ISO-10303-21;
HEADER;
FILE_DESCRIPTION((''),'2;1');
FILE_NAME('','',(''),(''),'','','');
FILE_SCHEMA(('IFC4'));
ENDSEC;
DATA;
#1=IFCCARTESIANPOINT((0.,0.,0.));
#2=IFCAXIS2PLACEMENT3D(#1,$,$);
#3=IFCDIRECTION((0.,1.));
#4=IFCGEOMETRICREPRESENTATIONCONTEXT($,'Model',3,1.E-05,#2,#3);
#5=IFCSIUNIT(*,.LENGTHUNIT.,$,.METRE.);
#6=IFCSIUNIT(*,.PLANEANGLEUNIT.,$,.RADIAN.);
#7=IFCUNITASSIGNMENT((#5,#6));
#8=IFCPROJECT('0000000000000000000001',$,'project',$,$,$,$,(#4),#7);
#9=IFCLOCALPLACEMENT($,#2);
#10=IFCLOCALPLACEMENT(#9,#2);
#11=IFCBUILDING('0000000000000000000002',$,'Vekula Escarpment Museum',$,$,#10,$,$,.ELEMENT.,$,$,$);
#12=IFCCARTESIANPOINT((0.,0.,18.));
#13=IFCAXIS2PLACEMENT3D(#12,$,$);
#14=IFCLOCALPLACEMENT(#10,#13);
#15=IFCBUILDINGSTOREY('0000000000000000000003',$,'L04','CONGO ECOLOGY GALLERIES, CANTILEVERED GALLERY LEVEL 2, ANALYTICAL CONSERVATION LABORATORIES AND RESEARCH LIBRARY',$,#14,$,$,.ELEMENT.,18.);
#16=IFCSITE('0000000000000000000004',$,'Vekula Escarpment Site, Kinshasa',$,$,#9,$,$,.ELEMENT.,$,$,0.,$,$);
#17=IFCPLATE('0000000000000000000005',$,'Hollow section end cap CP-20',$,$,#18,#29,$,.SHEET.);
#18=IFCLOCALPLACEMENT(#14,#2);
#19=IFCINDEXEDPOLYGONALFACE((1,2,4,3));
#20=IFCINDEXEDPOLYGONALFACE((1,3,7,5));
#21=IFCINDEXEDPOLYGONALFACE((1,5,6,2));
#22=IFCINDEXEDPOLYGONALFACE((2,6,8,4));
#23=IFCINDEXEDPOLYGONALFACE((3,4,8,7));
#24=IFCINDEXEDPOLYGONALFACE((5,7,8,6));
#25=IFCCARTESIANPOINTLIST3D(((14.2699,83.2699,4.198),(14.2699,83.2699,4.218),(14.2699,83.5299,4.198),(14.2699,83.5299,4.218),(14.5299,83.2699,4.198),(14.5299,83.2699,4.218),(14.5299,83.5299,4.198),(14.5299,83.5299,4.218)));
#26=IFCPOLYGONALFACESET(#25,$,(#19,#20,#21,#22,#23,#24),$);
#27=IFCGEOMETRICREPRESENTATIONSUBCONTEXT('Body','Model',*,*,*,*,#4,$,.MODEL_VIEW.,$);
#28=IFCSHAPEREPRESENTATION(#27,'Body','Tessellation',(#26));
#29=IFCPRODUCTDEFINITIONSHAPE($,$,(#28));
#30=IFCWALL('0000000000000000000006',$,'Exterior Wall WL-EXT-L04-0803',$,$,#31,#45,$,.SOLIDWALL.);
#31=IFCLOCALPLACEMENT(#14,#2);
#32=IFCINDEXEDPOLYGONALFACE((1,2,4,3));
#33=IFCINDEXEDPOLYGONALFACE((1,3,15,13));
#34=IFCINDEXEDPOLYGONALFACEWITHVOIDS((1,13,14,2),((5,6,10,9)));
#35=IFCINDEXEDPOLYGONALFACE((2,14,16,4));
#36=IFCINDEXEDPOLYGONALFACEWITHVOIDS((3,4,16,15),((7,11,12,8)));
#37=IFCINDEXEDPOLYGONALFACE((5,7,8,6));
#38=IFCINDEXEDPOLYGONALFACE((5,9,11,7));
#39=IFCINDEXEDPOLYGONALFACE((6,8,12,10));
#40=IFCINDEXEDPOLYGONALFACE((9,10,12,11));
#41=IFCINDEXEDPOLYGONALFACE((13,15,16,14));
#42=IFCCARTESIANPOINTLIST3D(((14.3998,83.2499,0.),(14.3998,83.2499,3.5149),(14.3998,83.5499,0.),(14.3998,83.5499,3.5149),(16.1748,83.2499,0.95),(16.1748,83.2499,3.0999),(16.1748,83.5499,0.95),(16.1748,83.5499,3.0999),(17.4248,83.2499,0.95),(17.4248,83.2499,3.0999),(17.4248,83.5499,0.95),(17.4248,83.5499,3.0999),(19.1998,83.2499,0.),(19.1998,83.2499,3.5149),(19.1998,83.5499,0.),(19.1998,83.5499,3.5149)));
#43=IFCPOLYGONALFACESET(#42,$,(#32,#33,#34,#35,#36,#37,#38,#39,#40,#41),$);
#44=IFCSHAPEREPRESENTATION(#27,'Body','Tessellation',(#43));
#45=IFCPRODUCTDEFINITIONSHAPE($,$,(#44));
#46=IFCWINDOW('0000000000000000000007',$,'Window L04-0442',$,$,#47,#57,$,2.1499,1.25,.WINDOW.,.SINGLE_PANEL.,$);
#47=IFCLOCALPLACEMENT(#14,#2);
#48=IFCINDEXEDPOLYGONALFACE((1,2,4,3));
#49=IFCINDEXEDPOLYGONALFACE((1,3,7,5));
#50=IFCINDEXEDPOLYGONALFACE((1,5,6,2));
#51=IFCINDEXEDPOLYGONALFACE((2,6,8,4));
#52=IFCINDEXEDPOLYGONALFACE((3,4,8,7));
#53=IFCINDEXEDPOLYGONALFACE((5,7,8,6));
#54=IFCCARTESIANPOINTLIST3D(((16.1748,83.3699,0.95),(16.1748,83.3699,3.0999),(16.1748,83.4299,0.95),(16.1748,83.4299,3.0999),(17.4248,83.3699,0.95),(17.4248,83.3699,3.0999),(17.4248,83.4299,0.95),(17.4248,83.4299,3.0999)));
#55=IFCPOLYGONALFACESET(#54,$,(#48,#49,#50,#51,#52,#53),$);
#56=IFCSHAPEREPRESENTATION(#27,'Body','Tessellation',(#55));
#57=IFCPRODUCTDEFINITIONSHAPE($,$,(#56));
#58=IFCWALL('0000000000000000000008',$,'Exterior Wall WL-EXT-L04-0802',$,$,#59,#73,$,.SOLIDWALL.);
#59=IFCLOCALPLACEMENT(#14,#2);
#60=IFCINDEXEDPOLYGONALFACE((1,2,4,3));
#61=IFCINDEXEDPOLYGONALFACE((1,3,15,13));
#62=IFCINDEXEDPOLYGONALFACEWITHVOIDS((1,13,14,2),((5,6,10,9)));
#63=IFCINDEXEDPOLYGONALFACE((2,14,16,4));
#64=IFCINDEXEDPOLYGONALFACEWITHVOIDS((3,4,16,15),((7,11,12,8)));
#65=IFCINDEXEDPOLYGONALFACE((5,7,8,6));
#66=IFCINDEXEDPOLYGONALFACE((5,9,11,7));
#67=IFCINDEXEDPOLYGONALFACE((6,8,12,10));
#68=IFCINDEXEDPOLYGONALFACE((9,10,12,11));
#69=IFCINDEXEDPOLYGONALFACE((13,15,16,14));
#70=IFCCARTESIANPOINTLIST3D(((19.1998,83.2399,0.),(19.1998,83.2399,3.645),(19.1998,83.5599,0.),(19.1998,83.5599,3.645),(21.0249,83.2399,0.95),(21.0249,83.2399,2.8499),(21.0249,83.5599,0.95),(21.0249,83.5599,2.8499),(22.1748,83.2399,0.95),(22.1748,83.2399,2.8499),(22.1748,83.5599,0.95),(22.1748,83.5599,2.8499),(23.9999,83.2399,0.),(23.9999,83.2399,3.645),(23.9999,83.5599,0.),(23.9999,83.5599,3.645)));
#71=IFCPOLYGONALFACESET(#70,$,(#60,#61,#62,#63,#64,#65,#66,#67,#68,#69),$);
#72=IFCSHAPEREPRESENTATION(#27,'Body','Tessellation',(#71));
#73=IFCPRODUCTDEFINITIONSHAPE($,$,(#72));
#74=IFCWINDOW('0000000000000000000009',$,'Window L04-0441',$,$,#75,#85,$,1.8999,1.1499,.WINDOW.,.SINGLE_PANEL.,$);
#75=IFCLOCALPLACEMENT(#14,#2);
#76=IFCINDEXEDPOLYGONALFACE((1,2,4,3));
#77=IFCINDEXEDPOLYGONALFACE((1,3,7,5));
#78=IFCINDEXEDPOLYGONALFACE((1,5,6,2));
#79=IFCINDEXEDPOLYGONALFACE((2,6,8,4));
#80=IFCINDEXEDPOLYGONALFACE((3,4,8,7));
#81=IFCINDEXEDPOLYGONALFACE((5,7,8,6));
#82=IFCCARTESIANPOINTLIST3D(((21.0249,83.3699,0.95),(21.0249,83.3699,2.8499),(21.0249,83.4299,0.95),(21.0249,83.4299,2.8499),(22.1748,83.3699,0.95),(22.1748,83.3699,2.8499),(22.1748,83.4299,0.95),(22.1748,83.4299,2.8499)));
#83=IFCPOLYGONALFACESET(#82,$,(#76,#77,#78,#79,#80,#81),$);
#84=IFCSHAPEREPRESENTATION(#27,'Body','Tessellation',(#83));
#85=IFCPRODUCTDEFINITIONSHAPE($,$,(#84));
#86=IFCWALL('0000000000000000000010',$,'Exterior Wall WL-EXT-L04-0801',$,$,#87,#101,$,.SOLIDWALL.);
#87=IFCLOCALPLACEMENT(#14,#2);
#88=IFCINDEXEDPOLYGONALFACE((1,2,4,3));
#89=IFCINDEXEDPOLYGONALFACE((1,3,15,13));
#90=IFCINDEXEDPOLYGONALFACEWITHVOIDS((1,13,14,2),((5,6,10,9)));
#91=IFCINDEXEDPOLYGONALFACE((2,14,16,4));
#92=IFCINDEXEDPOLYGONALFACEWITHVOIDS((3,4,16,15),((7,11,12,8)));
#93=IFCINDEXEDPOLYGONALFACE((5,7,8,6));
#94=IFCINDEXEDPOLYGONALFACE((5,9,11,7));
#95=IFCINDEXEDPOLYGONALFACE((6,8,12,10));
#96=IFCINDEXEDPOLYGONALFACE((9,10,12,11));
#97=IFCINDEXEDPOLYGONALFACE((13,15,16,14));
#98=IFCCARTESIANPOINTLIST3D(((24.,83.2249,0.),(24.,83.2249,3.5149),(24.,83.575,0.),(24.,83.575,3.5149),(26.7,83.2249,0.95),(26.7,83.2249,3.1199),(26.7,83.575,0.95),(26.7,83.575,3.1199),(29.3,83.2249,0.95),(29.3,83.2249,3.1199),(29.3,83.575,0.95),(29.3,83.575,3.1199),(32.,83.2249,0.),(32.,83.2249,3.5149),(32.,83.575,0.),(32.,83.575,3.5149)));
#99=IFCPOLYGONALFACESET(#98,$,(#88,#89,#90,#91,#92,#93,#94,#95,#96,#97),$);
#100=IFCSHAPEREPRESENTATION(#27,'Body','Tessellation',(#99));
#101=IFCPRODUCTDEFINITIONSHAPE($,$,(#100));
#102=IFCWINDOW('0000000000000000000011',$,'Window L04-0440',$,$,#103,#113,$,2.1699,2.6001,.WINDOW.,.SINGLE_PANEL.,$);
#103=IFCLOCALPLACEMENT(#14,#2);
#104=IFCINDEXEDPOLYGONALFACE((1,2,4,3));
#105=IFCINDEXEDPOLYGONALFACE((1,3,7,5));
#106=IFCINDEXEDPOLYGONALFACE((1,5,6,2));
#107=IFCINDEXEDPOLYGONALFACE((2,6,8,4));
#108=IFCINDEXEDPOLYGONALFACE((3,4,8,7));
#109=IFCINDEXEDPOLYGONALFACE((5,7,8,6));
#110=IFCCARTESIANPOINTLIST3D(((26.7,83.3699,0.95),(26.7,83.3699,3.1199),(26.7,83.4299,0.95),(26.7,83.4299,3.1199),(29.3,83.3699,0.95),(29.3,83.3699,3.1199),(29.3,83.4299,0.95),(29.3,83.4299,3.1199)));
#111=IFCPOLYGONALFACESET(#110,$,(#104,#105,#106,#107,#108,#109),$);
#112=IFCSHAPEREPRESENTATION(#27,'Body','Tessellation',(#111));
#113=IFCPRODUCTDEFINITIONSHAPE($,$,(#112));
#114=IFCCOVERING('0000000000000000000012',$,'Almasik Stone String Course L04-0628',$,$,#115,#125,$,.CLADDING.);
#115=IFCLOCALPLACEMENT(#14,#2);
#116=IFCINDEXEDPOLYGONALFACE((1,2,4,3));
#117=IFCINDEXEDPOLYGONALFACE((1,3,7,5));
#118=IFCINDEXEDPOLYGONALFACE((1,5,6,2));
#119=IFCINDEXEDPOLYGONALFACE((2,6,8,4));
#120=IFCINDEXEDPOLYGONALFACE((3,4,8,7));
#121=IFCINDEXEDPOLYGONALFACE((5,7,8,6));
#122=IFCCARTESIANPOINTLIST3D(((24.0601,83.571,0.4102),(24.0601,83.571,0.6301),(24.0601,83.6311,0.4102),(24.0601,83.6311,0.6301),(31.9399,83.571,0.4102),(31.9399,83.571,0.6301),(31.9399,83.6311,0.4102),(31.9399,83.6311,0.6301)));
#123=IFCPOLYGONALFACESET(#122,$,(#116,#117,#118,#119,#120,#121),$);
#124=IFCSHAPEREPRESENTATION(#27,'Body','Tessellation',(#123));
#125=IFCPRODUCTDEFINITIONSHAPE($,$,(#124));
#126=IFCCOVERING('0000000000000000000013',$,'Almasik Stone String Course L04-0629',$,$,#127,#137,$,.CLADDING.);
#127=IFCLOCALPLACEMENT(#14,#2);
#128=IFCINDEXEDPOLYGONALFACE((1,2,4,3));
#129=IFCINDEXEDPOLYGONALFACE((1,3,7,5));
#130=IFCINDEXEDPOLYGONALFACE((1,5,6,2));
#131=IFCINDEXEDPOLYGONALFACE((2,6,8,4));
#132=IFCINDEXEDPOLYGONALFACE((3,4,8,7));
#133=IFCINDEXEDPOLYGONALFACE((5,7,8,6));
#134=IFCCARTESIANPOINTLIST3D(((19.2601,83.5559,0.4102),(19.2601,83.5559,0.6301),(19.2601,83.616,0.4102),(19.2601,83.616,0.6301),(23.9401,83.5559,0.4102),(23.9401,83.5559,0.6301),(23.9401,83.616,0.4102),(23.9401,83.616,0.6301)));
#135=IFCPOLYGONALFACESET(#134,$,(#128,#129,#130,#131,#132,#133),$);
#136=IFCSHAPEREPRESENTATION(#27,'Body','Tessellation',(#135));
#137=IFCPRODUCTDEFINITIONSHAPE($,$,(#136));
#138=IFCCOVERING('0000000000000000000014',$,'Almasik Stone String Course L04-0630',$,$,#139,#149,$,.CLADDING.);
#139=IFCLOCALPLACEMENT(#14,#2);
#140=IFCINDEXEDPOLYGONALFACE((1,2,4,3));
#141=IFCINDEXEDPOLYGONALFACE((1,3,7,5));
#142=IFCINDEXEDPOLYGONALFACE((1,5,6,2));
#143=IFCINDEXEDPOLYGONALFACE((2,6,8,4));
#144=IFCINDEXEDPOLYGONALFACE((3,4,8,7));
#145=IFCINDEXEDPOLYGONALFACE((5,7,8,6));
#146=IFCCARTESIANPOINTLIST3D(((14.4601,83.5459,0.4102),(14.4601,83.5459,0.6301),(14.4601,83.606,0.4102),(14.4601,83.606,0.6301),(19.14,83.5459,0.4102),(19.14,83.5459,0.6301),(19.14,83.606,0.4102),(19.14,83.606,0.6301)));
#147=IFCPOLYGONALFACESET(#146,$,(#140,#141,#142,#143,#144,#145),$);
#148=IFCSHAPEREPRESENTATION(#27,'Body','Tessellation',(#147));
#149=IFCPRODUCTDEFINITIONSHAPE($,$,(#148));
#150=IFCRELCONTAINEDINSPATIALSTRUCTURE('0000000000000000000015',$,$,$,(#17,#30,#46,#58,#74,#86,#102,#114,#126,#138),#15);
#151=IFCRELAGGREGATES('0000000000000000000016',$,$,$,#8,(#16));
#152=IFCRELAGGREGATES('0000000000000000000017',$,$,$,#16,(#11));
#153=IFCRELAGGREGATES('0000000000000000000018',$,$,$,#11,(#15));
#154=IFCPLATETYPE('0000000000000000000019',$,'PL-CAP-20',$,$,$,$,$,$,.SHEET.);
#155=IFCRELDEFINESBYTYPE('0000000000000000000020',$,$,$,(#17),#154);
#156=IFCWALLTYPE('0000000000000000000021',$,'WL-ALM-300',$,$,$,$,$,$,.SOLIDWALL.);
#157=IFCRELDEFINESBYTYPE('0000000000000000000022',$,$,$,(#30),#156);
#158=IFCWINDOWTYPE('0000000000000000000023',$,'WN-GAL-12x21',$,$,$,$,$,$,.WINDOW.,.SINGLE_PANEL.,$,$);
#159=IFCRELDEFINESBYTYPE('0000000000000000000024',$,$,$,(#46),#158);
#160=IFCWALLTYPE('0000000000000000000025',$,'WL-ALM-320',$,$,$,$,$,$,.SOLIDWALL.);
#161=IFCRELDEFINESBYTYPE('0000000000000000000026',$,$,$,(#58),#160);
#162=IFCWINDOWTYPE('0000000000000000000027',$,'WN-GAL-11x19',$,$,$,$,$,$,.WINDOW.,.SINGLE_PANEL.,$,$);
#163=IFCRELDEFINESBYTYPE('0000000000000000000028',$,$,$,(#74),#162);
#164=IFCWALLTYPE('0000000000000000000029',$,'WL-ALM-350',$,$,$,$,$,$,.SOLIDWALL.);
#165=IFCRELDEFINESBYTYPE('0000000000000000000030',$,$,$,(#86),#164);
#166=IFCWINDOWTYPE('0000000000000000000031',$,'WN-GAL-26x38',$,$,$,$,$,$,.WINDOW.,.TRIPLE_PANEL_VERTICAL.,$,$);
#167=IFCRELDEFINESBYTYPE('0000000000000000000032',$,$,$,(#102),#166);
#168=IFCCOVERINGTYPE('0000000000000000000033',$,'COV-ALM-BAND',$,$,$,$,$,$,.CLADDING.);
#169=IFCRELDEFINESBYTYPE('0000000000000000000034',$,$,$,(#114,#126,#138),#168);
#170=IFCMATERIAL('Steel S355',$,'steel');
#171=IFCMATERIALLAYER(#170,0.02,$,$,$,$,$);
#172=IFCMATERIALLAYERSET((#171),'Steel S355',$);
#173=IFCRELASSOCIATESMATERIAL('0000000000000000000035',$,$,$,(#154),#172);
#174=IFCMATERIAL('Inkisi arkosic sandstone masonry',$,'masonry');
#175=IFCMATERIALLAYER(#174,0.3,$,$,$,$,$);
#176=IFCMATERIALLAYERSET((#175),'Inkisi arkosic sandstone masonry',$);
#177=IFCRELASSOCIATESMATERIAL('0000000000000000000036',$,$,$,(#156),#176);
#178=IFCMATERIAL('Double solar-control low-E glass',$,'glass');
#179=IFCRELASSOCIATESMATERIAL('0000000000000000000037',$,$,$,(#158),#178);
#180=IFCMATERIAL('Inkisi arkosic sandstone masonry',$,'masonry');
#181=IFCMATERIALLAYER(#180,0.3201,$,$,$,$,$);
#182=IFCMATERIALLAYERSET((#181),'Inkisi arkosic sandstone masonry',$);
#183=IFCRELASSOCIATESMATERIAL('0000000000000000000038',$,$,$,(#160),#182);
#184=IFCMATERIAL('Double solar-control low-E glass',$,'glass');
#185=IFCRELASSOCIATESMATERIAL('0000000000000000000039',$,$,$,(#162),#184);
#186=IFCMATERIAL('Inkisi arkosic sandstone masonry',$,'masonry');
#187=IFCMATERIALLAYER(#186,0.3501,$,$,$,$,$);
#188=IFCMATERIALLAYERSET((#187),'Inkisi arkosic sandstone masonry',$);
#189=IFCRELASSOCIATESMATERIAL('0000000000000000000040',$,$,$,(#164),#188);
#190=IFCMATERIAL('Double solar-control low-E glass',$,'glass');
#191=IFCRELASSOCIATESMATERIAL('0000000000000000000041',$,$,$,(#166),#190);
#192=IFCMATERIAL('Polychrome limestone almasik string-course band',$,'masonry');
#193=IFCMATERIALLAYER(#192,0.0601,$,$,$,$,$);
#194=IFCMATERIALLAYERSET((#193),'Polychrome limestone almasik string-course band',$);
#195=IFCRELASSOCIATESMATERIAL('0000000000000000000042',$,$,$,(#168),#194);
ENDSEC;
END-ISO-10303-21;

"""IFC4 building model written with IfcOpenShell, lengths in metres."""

from ifc_helpers import new_model, si_unit, direction, frame, frame_2d, origin, origin_2d, place, context, subcontext, project, spatial, rectangle, extrude, material, layer, layer_set, type_object, element, fill, save


model = new_model("IFC4")

# Units and contexts
model_context = context("Model", 3, precision=1e-05, world=origin(), true_north=direction((0.0, 1.0)))
body_context = subcontext(model_context, "Body", "Model", "MODEL_VIEW")
ifc_project = project(units=[si_unit("LENGTHUNIT", "METRE"), si_unit("PLANEANGLEUNIT", "RADIAN")], contexts=[model_context])

# Site, building, storey
site_placement = place(None, origin())
site = spatial("IfcSite", under=ifc_project, at=site_placement, Name="Vekula Escarpment Site, Kinshasa", CompositionType="ELEMENT", RefElevation=0.0)
building_placement = place(site_placement, origin())
building = spatial("IfcBuilding", under=site, at=building_placement, Name="Vekula Escarpment Museum", CompositionType="ELEMENT")
storey_placement = place(building_placement, frame((0.0, 0.0, 18.0)))
storey = spatial("IfcBuildingStorey", under=building, at=storey_placement, Name="L04", Description="CONGO ECOLOGY GALLERIES, CANTILEVERED GALLERY LEVEL 2, ANALYTICAL CONSERVATION LABORATORIES AND RESEARCH LIBRARY", CompositionType="ELEMENT", Elevation=18.0)

# Plate
ifc_material_1 = material(Name="Steel S355", Category="steel")
ifc_layer_1 = layer(ifc_material_1, 0.02)
ifc_layer_set_1 = layer_set([ifc_layer_1], Name="Steel S355")
plate_type = type_object("IfcPlateType", Name="PL-CAP-20", PredefinedType="SHEET", material=ifc_layer_set_1)
plate_placement = place(storey_placement, frame((14.3999, 83.3999, 4.198), z_axis=(0.0, 0.0, 1.0), x_axis=(1.0, 0.0, 0.0)))
element("IfcPlate", 1, at=plate_placement, inside=storey, type_object=plate_type, Name="Hollow section end cap CP-20", PredefinedType="SHEET", context=body_context, shape_type="SweptSolid", body=[
    extrude(rectangle(XDim=0.26, YDim=0.26, at=origin_2d()), origin(), (0.0, 0.0, 1.0), 0.02),
])

# Walls, openings, windows
ifc_material_2 = material(Name="Inkisi arkosic sandstone masonry", Category="masonry")
ifc_layer_2 = layer(ifc_material_2, 0.3)
ifc_layer_set_2 = layer_set([ifc_layer_2], Name="Inkisi arkosic sandstone masonry")
wall_type_1 = type_object("IfcWallType", Name="WL-ALM-300", PredefinedType="SOLIDWALL", material=ifc_layer_set_2)
wall_1_placement = place(storey_placement, frame((14.3999, 83.3999, 0.0), z_axis=(0.0, 0.0, 1.0), x_axis=(1.0, 0.0, 0.0)))
wall_1 = element("IfcWall", 2, at=wall_1_placement, inside=storey, type_object=wall_type_1, Name="Exterior Wall WL-EXT-L04-0803", PredefinedType="SOLIDWALL", context=body_context, shape_type="SweptSolid", body=[
    extrude(rectangle(XDim=4.8, YDim=0.3, at=frame_2d((2.3999, 0.0))), origin(), (0.0, 0.0, 1.0), 3.5149),
])
opening_1_placement = place(wall_1_placement, frame((1.7749, 0.0, 0.95)))
opening_1 = element("IfcOpeningElement", 3, at=opening_1_placement, cuts=wall_1, PredefinedType="OPENING", context=body_context, shape_type="SweptSolid", body=[
    extrude(rectangle(XDim=1.25, YDim=2.1499, at=frame_2d((0.625, 1.075))), frame((0.0, 0.1599, 0.0), z_axis=(0.0, -1.0, 0.0), x_axis=(1.0, 0.0, 0.0)), (0.0, 0.0, 1.0), 0.3201),
])
ifc_material_3 = material(Name="Double solar-control low-E glass", Category="glass")
window_type_1 = type_object("IfcWindowType", Name="WN-GAL-12x21", PartitioningType="SINGLE_PANEL", PredefinedType="WINDOW", material=ifc_material_3)
window_1_placement = place(opening_1_placement, origin())
window_1 = element("IfcWindow", 4, at=window_1_placement, inside=storey, type_object=window_type_1, Name="Window L04-0442", OverallHeight=2.1499, OverallWidth=1.25, PartitioningType="SINGLE_PANEL", PredefinedType="WINDOW", context=body_context, shape_type="SweptSolid", body=[
    extrude(rectangle(XDim=1.25, YDim=2.1499, at=frame_2d((0.625, 1.075))), frame((0.0, 0.03, 0.0), z_axis=(0.0, -1.0, 0.0), x_axis=(1.0, 0.0, 0.0)), (0.0, 0.0, 1.0), 0.0601),
])
fill(opening_1, window_1)
ifc_material_4 = material(Name="Inkisi arkosic sandstone masonry", Category="masonry")
ifc_layer_3 = layer(ifc_material_4, 0.3201)
ifc_layer_set_3 = layer_set([ifc_layer_3], Name="Inkisi arkosic sandstone masonry")
wall_type_2 = type_object("IfcWallType", Name="WL-ALM-320", PredefinedType="SOLIDWALL", material=ifc_layer_set_3)
wall_2_placement = place(storey_placement, frame((19.2, 83.3999, 0.0), z_axis=(0.0, 0.0, 1.0), x_axis=(1.0, 0.0, 0.0)))
wall_2 = element("IfcWall", 5, at=wall_2_placement, inside=storey, type_object=wall_type_2, Name="Exterior Wall WL-EXT-L04-0802", PredefinedType="SOLIDWALL", context=body_context, shape_type="SweptSolid", body=[
    extrude(rectangle(XDim=4.8, YDim=0.3201, at=frame_2d((2.3999, 0.0))), origin(), (0.0, 0.0, 1.0), 3.645),
])
opening_2_placement = place(wall_2_placement, frame((1.825, 0.0, 0.95)))
opening_2 = element("IfcOpeningElement", 6, at=opening_2_placement, cuts=wall_2, PredefinedType="OPENING", context=body_context, shape_type="SweptSolid", body=[
    extrude(rectangle(XDim=1.1499, YDim=1.8999, at=frame_2d((0.575, 0.95))), frame((0.0, 0.1699, 0.0), z_axis=(0.0, -1.0, 0.0), x_axis=(1.0, 0.0, 0.0)), (0.0, 0.0, 1.0), 0.3401),
])
ifc_material_5 = material(Name="Double solar-control low-E glass", Category="glass")
window_type_2 = type_object("IfcWindowType", Name="WN-GAL-11x19", PartitioningType="SINGLE_PANEL", PredefinedType="WINDOW", material=ifc_material_5)
window_2_placement = place(opening_2_placement, origin())
window_2 = element("IfcWindow", 7, at=window_2_placement, inside=storey, type_object=window_type_2, Name="Window L04-0441", OverallHeight=1.8999, OverallWidth=1.1499, PartitioningType="SINGLE_PANEL", PredefinedType="WINDOW", context=body_context, shape_type="SweptSolid", body=[
    extrude(rectangle(XDim=1.1499, YDim=1.8999, at=frame_2d((0.575, 0.95))), frame((0.0, 0.03, 0.0), z_axis=(0.0, -1.0, 0.0), x_axis=(1.0, 0.0, 0.0)), (0.0, 0.0, 1.0), 0.0601),
])
fill(opening_2, window_2)
ifc_material_6 = material(Name="Inkisi arkosic sandstone masonry", Category="masonry")
ifc_layer_4 = layer(ifc_material_6, 0.3501)
ifc_layer_set_4 = layer_set([ifc_layer_4], Name="Inkisi arkosic sandstone masonry")
wall_type_3 = type_object("IfcWallType", Name="WL-ALM-350", PredefinedType="SOLIDWALL", material=ifc_layer_set_4)
wall_3_placement = place(storey_placement, frame((24.0, 83.3999, 0.0), z_axis=(0.0, 0.0, 1.0), x_axis=(1.0, 0.0, 0.0)))
wall_3 = element("IfcWall", 8, at=wall_3_placement, inside=storey, type_object=wall_type_3, Name="Exterior Wall WL-EXT-L04-0801", PredefinedType="SOLIDWALL", context=body_context, shape_type="SweptSolid", body=[
    extrude(rectangle(XDim=8.0, YDim=0.3501, at=frame_2d((4.0, 0.0))), origin(), (0.0, 0.0, 1.0), 3.5149),
])
opening_3_placement = place(wall_3_placement, frame((2.7, 0.0, 0.95)))
opening_3 = element("IfcOpeningElement", 9, at=opening_3_placement, cuts=wall_3, PredefinedType="OPENING", context=body_context, shape_type="SweptSolid", body=[
    extrude(rectangle(XDim=2.6001, YDim=2.1699, at=frame_2d((1.3, 1.085))), frame((0.0, 0.1851, 0.0), z_axis=(0.0, -1.0, 0.0), x_axis=(1.0, 0.0, 0.0)), (0.0, 0.0, 1.0), 0.3701),
])
ifc_material_7 = material(Name="Double solar-control low-E glass", Category="glass")
window_type_3 = type_object("IfcWindowType", Name="WN-GAL-26x38", PartitioningType="TRIPLE_PANEL_VERTICAL", PredefinedType="WINDOW", material=ifc_material_7)
window_3_placement = place(opening_3_placement, origin())
window_3 = element("IfcWindow", 10, at=window_3_placement, inside=storey, type_object=window_type_3, Name="Window L04-0440", OverallHeight=2.1699, OverallWidth=2.6001, PartitioningType="SINGLE_PANEL", PredefinedType="WINDOW", context=body_context, shape_type="SweptSolid", body=[
    extrude(rectangle(XDim=2.6001, YDim=2.1699, at=frame_2d((1.3, 1.085))), frame((0.0, 0.03, 0.0), z_axis=(0.0, -1.0, 0.0), x_axis=(1.0, 0.0, 0.0)), (0.0, 0.0, 1.0), 0.0601),
])
fill(opening_3, window_3)

# Coverings
ifc_material_8 = material(Name="Polychrome limestone almasik string-course band", Category="masonry")
ifc_layer_5 = layer(ifc_material_8, 0.0601)
ifc_layer_set_5 = layer_set([ifc_layer_5], Name="Polychrome limestone almasik string-course band")
covering_type = type_object("IfcCoveringType", Name="COV-ALM-BAND", PredefinedType="CLADDING", material=ifc_layer_set_5)
covering_placement = place(storey_placement, frame((28.0, 83.6011, 0.4102), z_axis=(0.0, 0.0, 1.0), x_axis=(1.0, 0.0, 0.0)))
element("IfcCovering", 11, at=covering_placement, inside=storey, type_object=covering_type, Name="Almasik Stone String Course L04-0628", PredefinedType="CLADDING", context=body_context, shape_type="SweptSolid", body=[
    extrude(rectangle(XDim=7.8799, YDim=0.0601, at=origin_2d()), origin(), (0.0, 0.0, 1.0), 0.22),
])
for number, where, z_axis, x_axis, name in (
    (12, (21.6001, 83.5859, 0.4102), (0.0, 0.0, 1.0), (1.0, 0.0, 0.0), "Almasik Stone String Course L04-0629"),
    (13, (16.8, 83.5759, 0.4102), (0.0, 0.0, 1.0), (1.0, 0.0, 0.0), "Almasik Stone String Course L04-0630"),
):
    element("IfcCovering", number, at=place(storey_placement, frame(where, z_axis=z_axis, x_axis=x_axis)), inside=storey, type_object=covering_type, Name=name, PredefinedType="CLADDING", context=body_context, shape_type="SweptSolid", body=[
        extrude(rectangle(XDim=4.6799, YDim=0.0601, at=origin_2d()), origin(), (0.0, 0.0, 1.0), 0.22),
    ])

save(model, "model.ifc")
